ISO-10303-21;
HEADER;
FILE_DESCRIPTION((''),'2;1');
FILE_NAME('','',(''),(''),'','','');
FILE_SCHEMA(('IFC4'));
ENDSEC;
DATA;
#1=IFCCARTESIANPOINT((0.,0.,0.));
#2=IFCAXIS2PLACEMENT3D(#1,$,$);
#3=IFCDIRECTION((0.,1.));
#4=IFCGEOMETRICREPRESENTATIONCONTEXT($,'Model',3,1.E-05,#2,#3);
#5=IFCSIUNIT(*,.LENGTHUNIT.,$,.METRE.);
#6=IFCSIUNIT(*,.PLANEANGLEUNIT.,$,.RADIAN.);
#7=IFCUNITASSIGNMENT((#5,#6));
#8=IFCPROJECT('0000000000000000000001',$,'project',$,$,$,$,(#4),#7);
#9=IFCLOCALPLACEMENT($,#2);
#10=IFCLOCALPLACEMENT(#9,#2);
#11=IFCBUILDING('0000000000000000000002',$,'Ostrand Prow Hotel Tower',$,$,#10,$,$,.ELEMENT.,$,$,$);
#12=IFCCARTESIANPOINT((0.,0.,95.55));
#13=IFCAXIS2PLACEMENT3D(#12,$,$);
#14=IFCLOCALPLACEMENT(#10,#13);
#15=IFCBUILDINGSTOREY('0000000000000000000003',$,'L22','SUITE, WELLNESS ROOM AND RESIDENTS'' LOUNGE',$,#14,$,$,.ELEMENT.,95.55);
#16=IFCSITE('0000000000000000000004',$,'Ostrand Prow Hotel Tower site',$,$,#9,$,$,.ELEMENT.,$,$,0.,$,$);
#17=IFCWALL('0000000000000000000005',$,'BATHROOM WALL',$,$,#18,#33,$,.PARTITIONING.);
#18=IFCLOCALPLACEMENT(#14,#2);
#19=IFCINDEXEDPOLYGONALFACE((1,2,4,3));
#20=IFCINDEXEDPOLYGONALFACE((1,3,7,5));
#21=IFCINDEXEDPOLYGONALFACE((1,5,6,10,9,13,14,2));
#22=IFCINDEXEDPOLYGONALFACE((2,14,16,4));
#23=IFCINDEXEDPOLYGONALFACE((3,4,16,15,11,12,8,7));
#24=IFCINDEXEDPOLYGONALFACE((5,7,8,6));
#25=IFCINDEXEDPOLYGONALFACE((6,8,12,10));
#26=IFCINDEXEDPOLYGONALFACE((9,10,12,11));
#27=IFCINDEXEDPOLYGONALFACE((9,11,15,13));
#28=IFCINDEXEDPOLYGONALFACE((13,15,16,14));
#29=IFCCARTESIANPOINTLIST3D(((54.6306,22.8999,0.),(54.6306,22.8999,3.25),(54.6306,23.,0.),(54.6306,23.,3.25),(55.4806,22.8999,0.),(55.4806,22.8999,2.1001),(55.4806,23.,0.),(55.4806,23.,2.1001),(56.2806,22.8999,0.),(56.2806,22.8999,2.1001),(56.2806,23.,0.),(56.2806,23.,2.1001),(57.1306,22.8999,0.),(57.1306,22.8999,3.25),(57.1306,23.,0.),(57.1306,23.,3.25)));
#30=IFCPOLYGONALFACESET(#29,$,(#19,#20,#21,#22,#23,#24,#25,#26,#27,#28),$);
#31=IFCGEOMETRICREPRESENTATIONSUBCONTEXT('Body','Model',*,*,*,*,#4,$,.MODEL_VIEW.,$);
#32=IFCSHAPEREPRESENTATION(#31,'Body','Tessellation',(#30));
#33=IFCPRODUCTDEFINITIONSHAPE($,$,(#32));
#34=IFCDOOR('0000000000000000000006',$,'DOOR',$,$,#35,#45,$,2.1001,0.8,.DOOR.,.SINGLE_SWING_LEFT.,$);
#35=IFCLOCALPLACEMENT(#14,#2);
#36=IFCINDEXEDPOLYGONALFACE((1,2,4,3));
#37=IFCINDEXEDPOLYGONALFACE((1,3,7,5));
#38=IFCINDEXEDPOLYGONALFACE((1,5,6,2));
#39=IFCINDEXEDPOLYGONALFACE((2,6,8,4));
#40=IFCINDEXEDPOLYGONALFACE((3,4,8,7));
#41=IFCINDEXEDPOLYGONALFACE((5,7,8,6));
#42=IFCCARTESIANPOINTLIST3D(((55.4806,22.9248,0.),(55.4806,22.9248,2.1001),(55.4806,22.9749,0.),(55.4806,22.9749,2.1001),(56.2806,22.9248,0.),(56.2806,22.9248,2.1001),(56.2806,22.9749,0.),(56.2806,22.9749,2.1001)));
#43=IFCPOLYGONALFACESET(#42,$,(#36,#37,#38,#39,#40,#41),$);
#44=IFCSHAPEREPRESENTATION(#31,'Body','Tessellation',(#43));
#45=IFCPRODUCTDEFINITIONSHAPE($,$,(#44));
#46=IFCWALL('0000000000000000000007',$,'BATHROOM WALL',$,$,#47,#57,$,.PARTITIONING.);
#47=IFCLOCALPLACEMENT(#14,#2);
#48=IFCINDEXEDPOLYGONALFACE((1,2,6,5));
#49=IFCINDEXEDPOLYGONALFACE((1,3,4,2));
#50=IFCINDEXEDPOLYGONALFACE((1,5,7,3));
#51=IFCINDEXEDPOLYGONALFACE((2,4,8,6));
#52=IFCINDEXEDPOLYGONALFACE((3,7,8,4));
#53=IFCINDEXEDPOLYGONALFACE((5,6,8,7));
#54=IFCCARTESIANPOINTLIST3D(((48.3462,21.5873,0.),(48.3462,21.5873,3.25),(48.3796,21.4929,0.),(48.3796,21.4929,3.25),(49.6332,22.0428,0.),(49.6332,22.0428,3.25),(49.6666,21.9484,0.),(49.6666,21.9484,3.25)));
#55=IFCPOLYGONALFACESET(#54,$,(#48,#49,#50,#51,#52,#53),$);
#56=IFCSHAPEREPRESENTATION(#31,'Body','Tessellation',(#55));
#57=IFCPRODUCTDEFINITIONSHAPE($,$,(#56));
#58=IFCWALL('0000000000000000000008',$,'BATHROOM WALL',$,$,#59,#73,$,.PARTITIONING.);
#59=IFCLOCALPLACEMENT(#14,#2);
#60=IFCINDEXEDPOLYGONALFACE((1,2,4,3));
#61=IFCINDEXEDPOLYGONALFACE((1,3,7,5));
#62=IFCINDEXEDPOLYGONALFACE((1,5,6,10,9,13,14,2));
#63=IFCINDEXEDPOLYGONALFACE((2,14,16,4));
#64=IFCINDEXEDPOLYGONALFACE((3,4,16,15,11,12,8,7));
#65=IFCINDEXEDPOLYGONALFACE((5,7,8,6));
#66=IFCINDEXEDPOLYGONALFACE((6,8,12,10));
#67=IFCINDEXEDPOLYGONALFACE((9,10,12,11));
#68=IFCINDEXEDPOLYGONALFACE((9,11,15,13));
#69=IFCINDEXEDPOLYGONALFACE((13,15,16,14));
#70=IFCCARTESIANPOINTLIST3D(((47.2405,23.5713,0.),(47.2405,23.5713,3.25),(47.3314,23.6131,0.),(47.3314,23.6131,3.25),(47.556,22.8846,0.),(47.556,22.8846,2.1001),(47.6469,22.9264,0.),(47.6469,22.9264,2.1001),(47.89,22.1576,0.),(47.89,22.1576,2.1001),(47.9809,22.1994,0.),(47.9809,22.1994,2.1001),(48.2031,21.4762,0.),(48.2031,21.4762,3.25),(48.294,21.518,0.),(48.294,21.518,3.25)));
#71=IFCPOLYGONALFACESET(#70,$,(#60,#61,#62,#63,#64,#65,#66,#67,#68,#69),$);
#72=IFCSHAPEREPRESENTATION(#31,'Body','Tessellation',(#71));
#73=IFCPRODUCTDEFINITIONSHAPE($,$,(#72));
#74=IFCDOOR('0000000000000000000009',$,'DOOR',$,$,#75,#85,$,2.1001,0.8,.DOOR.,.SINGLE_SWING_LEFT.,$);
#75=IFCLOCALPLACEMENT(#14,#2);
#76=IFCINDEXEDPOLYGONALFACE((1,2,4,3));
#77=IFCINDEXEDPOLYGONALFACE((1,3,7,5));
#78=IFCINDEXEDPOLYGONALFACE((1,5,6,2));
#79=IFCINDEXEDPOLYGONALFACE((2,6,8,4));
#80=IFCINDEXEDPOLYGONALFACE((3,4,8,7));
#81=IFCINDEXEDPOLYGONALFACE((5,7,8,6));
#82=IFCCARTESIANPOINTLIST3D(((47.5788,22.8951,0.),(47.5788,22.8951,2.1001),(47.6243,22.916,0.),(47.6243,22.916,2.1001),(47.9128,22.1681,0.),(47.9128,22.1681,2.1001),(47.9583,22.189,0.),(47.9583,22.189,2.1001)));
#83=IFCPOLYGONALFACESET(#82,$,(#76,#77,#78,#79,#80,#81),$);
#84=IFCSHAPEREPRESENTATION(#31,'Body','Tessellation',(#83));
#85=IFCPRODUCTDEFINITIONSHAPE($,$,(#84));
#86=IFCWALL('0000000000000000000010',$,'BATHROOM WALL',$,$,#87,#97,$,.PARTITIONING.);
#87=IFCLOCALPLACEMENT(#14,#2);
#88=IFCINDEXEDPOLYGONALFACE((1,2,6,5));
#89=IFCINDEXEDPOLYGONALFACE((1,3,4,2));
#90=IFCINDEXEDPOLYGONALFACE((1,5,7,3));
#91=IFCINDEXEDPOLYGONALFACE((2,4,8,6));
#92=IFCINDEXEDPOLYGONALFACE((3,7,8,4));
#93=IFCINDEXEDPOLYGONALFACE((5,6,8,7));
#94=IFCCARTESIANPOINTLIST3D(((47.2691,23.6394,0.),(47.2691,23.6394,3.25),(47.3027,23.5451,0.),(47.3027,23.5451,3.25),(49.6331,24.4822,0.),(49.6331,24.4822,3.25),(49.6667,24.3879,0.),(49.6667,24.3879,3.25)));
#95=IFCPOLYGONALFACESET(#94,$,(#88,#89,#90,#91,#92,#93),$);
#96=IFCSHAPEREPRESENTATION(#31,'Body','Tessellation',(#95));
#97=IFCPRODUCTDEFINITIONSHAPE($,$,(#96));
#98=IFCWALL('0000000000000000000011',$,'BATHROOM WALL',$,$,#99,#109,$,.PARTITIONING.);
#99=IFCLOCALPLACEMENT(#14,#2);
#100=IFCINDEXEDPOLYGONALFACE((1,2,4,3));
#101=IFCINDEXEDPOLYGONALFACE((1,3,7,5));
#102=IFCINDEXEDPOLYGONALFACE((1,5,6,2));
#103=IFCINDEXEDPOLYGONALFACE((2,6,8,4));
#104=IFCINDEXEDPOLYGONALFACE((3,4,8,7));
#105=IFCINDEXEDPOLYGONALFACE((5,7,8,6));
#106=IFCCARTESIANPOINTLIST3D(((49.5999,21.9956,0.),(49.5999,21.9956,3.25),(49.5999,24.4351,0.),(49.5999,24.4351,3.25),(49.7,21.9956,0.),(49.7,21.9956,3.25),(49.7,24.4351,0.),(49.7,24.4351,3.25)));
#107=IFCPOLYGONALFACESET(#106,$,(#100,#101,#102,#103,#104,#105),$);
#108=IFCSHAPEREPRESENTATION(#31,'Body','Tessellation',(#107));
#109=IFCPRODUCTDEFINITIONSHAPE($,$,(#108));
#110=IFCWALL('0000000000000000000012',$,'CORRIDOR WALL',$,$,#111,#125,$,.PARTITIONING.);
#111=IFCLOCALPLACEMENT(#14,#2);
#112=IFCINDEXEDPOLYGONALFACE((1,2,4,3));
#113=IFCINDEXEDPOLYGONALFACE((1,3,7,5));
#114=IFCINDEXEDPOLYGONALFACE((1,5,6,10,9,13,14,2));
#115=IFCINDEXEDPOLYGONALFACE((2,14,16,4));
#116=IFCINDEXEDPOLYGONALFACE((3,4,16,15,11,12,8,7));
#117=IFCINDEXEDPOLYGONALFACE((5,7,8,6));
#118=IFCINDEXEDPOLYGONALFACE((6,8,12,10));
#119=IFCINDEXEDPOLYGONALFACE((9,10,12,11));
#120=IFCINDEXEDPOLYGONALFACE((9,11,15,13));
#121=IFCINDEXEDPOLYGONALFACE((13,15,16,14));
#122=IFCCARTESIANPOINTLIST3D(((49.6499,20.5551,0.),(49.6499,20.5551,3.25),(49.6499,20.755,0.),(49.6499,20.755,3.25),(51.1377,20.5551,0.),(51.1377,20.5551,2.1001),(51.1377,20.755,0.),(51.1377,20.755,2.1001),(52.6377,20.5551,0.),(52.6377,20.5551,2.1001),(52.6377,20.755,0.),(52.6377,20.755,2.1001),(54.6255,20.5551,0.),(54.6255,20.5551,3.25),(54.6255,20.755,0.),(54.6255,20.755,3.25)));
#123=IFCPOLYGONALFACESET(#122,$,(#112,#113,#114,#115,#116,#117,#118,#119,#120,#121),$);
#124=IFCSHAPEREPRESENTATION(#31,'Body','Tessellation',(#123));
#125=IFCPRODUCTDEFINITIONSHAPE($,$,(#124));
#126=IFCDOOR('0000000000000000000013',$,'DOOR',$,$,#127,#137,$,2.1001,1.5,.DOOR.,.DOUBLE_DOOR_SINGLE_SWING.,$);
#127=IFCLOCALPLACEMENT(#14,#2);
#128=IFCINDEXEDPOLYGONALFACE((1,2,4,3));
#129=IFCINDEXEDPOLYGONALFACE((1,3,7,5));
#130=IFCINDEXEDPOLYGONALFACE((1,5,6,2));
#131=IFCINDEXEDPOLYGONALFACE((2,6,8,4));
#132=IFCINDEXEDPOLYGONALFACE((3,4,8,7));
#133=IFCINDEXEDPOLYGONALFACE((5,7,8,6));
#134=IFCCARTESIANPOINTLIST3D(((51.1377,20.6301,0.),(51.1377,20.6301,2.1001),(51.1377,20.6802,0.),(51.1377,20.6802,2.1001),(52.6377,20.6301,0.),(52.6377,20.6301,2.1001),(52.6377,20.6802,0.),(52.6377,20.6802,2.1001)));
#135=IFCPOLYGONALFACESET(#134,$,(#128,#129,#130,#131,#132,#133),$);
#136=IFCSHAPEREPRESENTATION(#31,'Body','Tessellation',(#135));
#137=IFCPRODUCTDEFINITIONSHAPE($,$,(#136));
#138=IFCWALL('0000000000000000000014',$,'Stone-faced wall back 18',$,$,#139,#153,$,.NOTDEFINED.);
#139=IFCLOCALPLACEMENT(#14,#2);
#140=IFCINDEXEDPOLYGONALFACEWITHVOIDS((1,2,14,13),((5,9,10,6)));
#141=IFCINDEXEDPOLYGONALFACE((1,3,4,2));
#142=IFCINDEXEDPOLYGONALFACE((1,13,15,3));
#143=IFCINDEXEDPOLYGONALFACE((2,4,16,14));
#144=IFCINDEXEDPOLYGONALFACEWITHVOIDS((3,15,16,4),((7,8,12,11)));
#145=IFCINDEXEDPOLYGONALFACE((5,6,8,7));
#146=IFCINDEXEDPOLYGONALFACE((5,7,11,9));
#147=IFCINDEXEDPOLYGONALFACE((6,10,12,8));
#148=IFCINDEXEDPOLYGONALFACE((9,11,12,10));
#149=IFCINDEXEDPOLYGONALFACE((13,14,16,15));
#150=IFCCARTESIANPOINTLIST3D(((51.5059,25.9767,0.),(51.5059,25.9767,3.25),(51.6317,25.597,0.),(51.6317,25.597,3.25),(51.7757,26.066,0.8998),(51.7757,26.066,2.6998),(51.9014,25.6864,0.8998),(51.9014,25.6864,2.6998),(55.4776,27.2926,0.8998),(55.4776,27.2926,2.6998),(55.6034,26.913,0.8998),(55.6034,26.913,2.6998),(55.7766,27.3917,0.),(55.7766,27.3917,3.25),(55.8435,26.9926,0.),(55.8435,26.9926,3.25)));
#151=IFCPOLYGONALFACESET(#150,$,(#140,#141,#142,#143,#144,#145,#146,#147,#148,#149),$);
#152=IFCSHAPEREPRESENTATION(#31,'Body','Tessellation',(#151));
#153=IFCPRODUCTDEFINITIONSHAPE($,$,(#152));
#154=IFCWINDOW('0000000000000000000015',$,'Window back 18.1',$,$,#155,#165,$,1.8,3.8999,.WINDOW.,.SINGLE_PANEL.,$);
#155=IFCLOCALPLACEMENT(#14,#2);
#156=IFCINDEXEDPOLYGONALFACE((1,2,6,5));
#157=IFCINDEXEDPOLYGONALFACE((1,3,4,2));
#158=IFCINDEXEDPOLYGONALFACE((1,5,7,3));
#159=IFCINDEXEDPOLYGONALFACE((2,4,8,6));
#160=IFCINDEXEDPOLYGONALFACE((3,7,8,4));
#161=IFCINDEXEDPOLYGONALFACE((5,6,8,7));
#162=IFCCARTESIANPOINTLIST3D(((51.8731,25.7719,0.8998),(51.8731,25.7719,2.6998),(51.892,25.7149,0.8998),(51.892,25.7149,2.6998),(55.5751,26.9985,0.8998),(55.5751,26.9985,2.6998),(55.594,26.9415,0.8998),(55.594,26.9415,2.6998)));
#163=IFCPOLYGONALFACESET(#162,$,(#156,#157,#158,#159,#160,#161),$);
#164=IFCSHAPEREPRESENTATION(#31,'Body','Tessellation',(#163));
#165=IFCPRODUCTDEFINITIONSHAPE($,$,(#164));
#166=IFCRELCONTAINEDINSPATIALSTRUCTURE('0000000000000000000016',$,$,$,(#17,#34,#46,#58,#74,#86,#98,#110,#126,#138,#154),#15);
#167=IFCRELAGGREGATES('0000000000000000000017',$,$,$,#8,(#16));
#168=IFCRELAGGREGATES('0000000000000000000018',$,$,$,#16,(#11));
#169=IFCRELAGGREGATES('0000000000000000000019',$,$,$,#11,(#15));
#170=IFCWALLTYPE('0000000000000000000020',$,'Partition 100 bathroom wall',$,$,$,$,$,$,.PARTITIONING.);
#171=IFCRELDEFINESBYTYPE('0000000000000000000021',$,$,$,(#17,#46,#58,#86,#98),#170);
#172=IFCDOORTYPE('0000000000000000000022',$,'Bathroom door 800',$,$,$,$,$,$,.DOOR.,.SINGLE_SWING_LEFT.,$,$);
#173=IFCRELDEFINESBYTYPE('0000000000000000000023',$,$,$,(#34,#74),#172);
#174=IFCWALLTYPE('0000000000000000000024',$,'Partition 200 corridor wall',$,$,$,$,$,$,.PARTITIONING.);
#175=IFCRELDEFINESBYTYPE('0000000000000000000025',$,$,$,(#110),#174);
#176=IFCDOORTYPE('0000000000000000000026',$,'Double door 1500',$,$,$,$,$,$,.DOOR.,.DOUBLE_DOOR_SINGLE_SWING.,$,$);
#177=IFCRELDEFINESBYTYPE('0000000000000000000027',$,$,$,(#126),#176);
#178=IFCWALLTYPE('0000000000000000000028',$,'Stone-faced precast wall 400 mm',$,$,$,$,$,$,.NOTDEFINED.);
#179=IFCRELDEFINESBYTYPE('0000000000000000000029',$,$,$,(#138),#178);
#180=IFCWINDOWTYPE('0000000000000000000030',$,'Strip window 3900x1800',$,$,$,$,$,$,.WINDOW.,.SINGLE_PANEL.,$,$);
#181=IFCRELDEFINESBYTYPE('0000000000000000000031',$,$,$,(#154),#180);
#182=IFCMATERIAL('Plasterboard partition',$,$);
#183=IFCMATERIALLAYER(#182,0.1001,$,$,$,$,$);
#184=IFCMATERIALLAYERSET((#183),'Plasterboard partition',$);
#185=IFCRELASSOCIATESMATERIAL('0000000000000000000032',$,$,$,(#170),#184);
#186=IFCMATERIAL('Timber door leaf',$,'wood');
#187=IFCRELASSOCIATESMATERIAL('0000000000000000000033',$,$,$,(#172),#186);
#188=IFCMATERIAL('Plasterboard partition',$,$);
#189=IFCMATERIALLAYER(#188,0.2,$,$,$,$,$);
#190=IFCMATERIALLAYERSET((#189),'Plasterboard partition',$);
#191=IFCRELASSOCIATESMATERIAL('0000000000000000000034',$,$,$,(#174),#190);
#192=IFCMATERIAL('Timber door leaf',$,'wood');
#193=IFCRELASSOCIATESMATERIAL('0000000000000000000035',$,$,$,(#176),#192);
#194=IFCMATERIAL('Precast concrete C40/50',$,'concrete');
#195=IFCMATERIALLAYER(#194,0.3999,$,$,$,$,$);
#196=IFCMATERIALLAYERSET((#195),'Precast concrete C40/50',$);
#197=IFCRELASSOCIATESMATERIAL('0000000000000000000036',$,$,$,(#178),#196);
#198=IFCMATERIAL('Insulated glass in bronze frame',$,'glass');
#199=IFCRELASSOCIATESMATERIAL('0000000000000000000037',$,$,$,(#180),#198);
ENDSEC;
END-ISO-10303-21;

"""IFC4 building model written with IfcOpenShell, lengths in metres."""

from ifc_helpers import new_model, si_unit, direction, frame, frame_2d, origin, place, context, subcontext, project, spatial, polyline, rectangle, outline, extrude, material, layer, layer_set, type_object, element, fill, save


model = new_model("IFC4")

# Units and contexts
model_context = context("Model", 3, precision=1e-05, world=origin(), true_north=direction((0.0, 1.0)))
body_context = subcontext(model_context, "Body", "Model", "MODEL_VIEW")
ifc_project = project(units=[si_unit("LENGTHUNIT", "METRE"), si_unit("PLANEANGLEUNIT", "RADIAN")], contexts=[model_context])

# Site, building, storey
site_placement = place(None, origin())
site = spatial("IfcSite", under=ifc_project, at=site_placement, Name="Ostrand Prow Hotel Tower site", CompositionType="ELEMENT", RefElevation=0.0)
building_placement = place(site_placement, origin())
building = spatial("IfcBuilding", under=site, at=building_placement, Name="Ostrand Prow Hotel Tower", CompositionType="ELEMENT")
storey_placement = place(building_placement, frame((0.0, 0.0, 95.55)))
storey = spatial("IfcBuildingStorey", under=building, at=storey_placement, Name="L22", Description="SUITE, WELLNESS ROOM AND RESIDENTS' LOUNGE", CompositionType="ELEMENT", Elevation=95.55)

# Wall, opening, door
ifc_material_1 = material(Name="Plasterboard partition")
ifc_layer_1 = layer(ifc_material_1, 0.1001)
ifc_layer_set_1 = layer_set([ifc_layer_1], Name="Plasterboard partition")
wall_type_1 = type_object("IfcWallType", Name="Partition 100 bathroom wall", PredefinedType="PARTITIONING", material=ifc_layer_set_1)
wall_1_placement = place(storey_placement, frame((54.6306, 22.95, 0.0), z_axis=(0.0, 0.0, 1.0), x_axis=(1.0, 0.0, 0.0)))
wall_1 = element("IfcWall", 1, at=wall_1_placement, inside=storey, type_object=wall_type_1, Name="BATHROOM WALL", PredefinedType="PARTITIONING", context=body_context, shape_type="SweptSolid", body=[
    extrude(rectangle(XDim=2.5, YDim=0.1001, at=frame_2d((1.25, 0.0))), origin(), (0.0, 0.0, 1.0), 3.25),
])
opening_1_placement = place(wall_1_placement, frame((0.8501, 0.0, 0.0)))
opening_1 = element("IfcOpeningElement", 2, at=opening_1_placement, cuts=wall_1, PredefinedType="OPENING", context=body_context, shape_type="SweptSolid", body=[
    extrude(rectangle(XDim=0.8, YDim=2.1001, at=frame_2d((0.3999, 1.05))), frame((0.0, 0.0601, 0.0), z_axis=(0.0, -1.0, 0.0), x_axis=(1.0, 0.0, 0.0)), (0.0, 0.0, 1.0), 0.1201),
])
ifc_material_2 = material(Name="Timber door leaf", Category="wood")
door_type_1 = type_object("IfcDoorType", Name="Bathroom door 800", OperationType="SINGLE_SWING_LEFT", PredefinedType="DOOR", material=ifc_material_2)
door_1_placement = place(opening_1_placement, origin())
door_1 = element("IfcDoor", 3, at=door_1_placement, inside=storey, type_object=door_type_1, Name="DOOR", OperationType="SINGLE_SWING_LEFT", OverallHeight=2.1001, OverallWidth=0.8, PredefinedType="DOOR", context=body_context, shape_type="SweptSolid", body=[
    extrude(rectangle(XDim=0.8, YDim=2.1001, at=frame_2d((0.3999, 1.05))), frame((0.0, 0.0249, 0.0), z_axis=(0.0, -1.0, 0.0), x_axis=(1.0, 0.0, 0.0)), (0.0, 0.0, 1.0), 0.05),
])
fill(opening_1, door_1)

# Wall
wall_2_placement = place(storey_placement, frame((49.6499, 21.9956, 0.0), z_axis=(0.0, 0.0, 1.0), x_axis=(-0.942693, -0.333662, 0.0)))
element("IfcWall", 4, at=wall_2_placement, inside=storey, type_object=wall_type_1, Name="BATHROOM WALL", PredefinedType="PARTITIONING", context=body_context, shape_type="SweptSolid", body=[
    extrude(rectangle(XDim=1.3652, YDim=0.1001, at=frame_2d((0.6826, 0.0))), origin(), (0.0, 0.0, 1.0), 3.25),
])

# Wall, opening, door
wall_3_placement = place(storey_placement, frame((48.2485, 21.4971, 0.0), z_axis=(0.0, 0.0, 1.0), x_axis=(-0.417493, 0.90868, 0.0)))
wall_3 = element("IfcWall", 5, at=wall_3_placement, inside=storey, type_object=wall_type_1, Name="BATHROOM WALL", PredefinedType="PARTITIONING", context=body_context, shape_type="SweptSolid", body=[
    extrude(rectangle(XDim=2.3057, YDim=0.1001, at=frame_2d((1.1528, 0.0))), origin(), (0.0, 0.0, 1.0), 3.25),
])
opening_2_placement = place(wall_3_placement, frame((0.75, 0.0, 0.0)))
opening_2 = element("IfcOpeningElement", 6, at=opening_2_placement, cuts=wall_3, PredefinedType="OPENING", context=body_context, shape_type="SweptSolid", body=[
    extrude(rectangle(XDim=0.8, YDim=2.1001, at=frame_2d((0.3999, 1.05))), frame((0.0, 0.0601, 0.0), z_axis=(0.0, -1.0, 0.0), x_axis=(1.0, 0.0, 0.0)), (0.0, 0.0, 1.0), 0.1201),
])
door_2_placement = place(opening_2_placement, origin())
door_2 = element("IfcDoor", 7, at=door_2_placement, inside=storey, type_object=door_type_1, Name="DOOR", OperationType="SINGLE_SWING_LEFT", OverallHeight=2.1001, OverallWidth=0.8, PredefinedType="DOOR", context=body_context, shape_type="SweptSolid", body=[
    extrude(rectangle(XDim=0.8, YDim=2.1001, at=frame_2d((0.3999, 1.05))), frame((0.0, 0.0249, 0.0), z_axis=(0.0, -1.0, 0.0), x_axis=(1.0, 0.0, 0.0)), (0.0, 0.0, 1.0), 0.05),
])
fill(opening_2, door_2)

# Walls
wall_4_placement = place(storey_placement, frame((47.2859, 23.5923, 0.0), z_axis=(0.0, 0.0, 1.0), x_axis=(0.941933, 0.3358, 0.0)))
element("IfcWall", 8, at=wall_4_placement, inside=storey, type_object=wall_type_1, Name="BATHROOM WALL", PredefinedType="PARTITIONING", context=body_context, shape_type="SweptSolid", body=[
    extrude(rectangle(XDim=2.5098, YDim=0.1001, at=frame_2d((1.2549, 0.0))), origin(), (0.0, 0.0, 1.0), 3.25),
])
wall_5_placement = place(storey_placement, frame((49.6499, 24.4351, 0.0), z_axis=(0.0, 0.0, 1.0), x_axis=(0.0, -1.0, 0.0)))
element("IfcWall", 9, at=wall_5_placement, inside=storey, type_object=wall_type_1, Name="BATHROOM WALL", PredefinedType="PARTITIONING", context=body_context, shape_type="SweptSolid", body=[
    extrude(rectangle(XDim=2.4395, YDim=0.1001, at=frame_2d((1.2197, 0.0))), origin(), (0.0, 0.0, 1.0), 3.25),
])

# Wall, opening, door
ifc_material_3 = material(Name="Plasterboard partition")
ifc_layer_2 = layer(ifc_material_3, 0.2)
ifc_layer_set_2 = layer_set([ifc_layer_2], Name="Plasterboard partition")
wall_type_2 = type_object("IfcWallType", Name="Partition 200 corridor wall", PredefinedType="PARTITIONING", material=ifc_layer_set_2)
wall_6_placement = place(storey_placement, frame((54.6255, 20.655, 0.0), z_axis=(0.0, 0.0, 1.0), x_axis=(-1.0, 0.0, 0.0)))
wall_6 = element("IfcWall", 10, at=wall_6_placement, inside=storey, type_object=wall_type_2, Name="CORRIDOR WALL", PredefinedType="PARTITIONING", context=body_context, shape_type="SweptSolid", body=[
    extrude(rectangle(XDim=4.9756, YDim=0.2, at=frame_2d((2.4878, 0.0))), origin(), (0.0, 0.0, 1.0), 3.25),
])
opening_3_placement = place(wall_6_placement, frame((1.9878, 0.0, 0.0)))
opening_3 = element("IfcOpeningElement", 11, at=opening_3_placement, cuts=wall_6, PredefinedType="OPENING", context=body_context, shape_type="SweptSolid", body=[
    extrude(rectangle(XDim=1.5, YDim=2.1001, at=frame_2d((0.75, 1.05))), frame((0.0, 0.1099, 0.0), z_axis=(0.0, -1.0, 0.0), x_axis=(1.0, 0.0, 0.0)), (0.0, 0.0, 1.0), 0.22),
])
ifc_material_4 = material(Name="Timber door leaf", Category="wood")
door_type_2 = type_object("IfcDoorType", Name="Double door 1500", OperationType="DOUBLE_DOOR_SINGLE_SWING", PredefinedType="DOOR", material=ifc_material_4)
door_3_placement = place(opening_3_placement, origin())
door_3 = element("IfcDoor", 12, at=door_3_placement, inside=storey, type_object=door_type_2, Name="DOOR", OperationType="DOUBLE_DOOR_SINGLE_SWING", OverallHeight=2.1001, OverallWidth=1.5, PredefinedType="DOOR", context=body_context, shape_type="SweptSolid", body=[
    extrude(rectangle(XDim=1.5, YDim=2.1001, at=frame_2d((0.75, 1.05))), frame((0.0, 0.0249, 0.0), z_axis=(0.0, -1.0, 0.0), x_axis=(1.0, 0.0, 0.0)), (0.0, 0.0, 1.0), 0.05),
])
fill(opening_3, door_3)

# Wall, opening, window
ifc_material_5 = material(Name="Precast concrete C40/50", Category="concrete")
ifc_layer_3 = layer(ifc_material_5, 0.3999)
ifc_layer_set_3 = layer_set([ifc_layer_3], Name="Precast concrete C40/50")
wall_type_3 = type_object("IfcWallType", Name="Stone-faced precast wall 400 mm", PredefinedType="NOTDEFINED", material=ifc_layer_set_3)
wall_7_placement = place(storey_placement, frame((55.8101, 27.1921, 0.0), z_axis=(0.0, 0.0, 1.0), x_axis=(-0.94925, -0.314522, 0.0)))
wall_7 = element("IfcWall", 13, at=wall_7_placement, inside=storey, type_object=wall_type_3, Name="Stone-faced wall back 18", PredefinedType="NOTDEFINED", context=body_context, shape_type="SweptSolid", body=[
    extrude(outline(polyline([(-0.031, -0.2), (4.468, -0.2), (4.468, 0.2), (0.031, 0.2), (-0.031, -0.2)])), origin(), (0.0, 0.0, 1.0), 3.25),
])
opening_4_placement = place(wall_7_placement, frame((0.2839, 0.0, 0.8999)))
opening_4 = element("IfcOpeningElement", 14, at=opening_4_placement, cuts=wall_7, PredefinedType="OPENING", context=body_context, shape_type="SweptSolid", body=[
    extrude(rectangle(XDim=3.8999, YDim=1.8, at=frame_2d((1.95, 0.8999))), frame((0.0, 0.21, 0.0), z_axis=(0.0, -1.0, 0.0), x_axis=(1.0, 0.0, 0.0)), (0.0, 0.0, 1.0), 0.4199),
])
ifc_material_6 = material(Name="Insulated glass in bronze frame", Category="glass")
window_type = type_object("IfcWindowType", Name="Strip window 3900x1800", PartitioningType="SINGLE_PANEL", PredefinedType="WINDOW", material=ifc_material_6)
window_placement = place(opening_4_placement, origin())
window = element("IfcWindow", 15, at=window_placement, inside=storey, type_object=window_type, Name="Window back 18.1", OverallHeight=1.8, OverallWidth=3.8999, PartitioningType="SINGLE_PANEL", PredefinedType="WINDOW", context=body_context, shape_type="SweptSolid", body=[
    extrude(rectangle(XDim=3.8999, YDim=1.8, at=frame_2d((1.95, 0.8999))), frame((0.0, 0.1699, 0.0), z_axis=(0.0, -1.0, 0.0), x_axis=(1.0, 0.0, 0.0)), (0.0, 0.0, 1.0), 0.0601),
])
fill(opening_4, window)

save(model, "model.ifc")
